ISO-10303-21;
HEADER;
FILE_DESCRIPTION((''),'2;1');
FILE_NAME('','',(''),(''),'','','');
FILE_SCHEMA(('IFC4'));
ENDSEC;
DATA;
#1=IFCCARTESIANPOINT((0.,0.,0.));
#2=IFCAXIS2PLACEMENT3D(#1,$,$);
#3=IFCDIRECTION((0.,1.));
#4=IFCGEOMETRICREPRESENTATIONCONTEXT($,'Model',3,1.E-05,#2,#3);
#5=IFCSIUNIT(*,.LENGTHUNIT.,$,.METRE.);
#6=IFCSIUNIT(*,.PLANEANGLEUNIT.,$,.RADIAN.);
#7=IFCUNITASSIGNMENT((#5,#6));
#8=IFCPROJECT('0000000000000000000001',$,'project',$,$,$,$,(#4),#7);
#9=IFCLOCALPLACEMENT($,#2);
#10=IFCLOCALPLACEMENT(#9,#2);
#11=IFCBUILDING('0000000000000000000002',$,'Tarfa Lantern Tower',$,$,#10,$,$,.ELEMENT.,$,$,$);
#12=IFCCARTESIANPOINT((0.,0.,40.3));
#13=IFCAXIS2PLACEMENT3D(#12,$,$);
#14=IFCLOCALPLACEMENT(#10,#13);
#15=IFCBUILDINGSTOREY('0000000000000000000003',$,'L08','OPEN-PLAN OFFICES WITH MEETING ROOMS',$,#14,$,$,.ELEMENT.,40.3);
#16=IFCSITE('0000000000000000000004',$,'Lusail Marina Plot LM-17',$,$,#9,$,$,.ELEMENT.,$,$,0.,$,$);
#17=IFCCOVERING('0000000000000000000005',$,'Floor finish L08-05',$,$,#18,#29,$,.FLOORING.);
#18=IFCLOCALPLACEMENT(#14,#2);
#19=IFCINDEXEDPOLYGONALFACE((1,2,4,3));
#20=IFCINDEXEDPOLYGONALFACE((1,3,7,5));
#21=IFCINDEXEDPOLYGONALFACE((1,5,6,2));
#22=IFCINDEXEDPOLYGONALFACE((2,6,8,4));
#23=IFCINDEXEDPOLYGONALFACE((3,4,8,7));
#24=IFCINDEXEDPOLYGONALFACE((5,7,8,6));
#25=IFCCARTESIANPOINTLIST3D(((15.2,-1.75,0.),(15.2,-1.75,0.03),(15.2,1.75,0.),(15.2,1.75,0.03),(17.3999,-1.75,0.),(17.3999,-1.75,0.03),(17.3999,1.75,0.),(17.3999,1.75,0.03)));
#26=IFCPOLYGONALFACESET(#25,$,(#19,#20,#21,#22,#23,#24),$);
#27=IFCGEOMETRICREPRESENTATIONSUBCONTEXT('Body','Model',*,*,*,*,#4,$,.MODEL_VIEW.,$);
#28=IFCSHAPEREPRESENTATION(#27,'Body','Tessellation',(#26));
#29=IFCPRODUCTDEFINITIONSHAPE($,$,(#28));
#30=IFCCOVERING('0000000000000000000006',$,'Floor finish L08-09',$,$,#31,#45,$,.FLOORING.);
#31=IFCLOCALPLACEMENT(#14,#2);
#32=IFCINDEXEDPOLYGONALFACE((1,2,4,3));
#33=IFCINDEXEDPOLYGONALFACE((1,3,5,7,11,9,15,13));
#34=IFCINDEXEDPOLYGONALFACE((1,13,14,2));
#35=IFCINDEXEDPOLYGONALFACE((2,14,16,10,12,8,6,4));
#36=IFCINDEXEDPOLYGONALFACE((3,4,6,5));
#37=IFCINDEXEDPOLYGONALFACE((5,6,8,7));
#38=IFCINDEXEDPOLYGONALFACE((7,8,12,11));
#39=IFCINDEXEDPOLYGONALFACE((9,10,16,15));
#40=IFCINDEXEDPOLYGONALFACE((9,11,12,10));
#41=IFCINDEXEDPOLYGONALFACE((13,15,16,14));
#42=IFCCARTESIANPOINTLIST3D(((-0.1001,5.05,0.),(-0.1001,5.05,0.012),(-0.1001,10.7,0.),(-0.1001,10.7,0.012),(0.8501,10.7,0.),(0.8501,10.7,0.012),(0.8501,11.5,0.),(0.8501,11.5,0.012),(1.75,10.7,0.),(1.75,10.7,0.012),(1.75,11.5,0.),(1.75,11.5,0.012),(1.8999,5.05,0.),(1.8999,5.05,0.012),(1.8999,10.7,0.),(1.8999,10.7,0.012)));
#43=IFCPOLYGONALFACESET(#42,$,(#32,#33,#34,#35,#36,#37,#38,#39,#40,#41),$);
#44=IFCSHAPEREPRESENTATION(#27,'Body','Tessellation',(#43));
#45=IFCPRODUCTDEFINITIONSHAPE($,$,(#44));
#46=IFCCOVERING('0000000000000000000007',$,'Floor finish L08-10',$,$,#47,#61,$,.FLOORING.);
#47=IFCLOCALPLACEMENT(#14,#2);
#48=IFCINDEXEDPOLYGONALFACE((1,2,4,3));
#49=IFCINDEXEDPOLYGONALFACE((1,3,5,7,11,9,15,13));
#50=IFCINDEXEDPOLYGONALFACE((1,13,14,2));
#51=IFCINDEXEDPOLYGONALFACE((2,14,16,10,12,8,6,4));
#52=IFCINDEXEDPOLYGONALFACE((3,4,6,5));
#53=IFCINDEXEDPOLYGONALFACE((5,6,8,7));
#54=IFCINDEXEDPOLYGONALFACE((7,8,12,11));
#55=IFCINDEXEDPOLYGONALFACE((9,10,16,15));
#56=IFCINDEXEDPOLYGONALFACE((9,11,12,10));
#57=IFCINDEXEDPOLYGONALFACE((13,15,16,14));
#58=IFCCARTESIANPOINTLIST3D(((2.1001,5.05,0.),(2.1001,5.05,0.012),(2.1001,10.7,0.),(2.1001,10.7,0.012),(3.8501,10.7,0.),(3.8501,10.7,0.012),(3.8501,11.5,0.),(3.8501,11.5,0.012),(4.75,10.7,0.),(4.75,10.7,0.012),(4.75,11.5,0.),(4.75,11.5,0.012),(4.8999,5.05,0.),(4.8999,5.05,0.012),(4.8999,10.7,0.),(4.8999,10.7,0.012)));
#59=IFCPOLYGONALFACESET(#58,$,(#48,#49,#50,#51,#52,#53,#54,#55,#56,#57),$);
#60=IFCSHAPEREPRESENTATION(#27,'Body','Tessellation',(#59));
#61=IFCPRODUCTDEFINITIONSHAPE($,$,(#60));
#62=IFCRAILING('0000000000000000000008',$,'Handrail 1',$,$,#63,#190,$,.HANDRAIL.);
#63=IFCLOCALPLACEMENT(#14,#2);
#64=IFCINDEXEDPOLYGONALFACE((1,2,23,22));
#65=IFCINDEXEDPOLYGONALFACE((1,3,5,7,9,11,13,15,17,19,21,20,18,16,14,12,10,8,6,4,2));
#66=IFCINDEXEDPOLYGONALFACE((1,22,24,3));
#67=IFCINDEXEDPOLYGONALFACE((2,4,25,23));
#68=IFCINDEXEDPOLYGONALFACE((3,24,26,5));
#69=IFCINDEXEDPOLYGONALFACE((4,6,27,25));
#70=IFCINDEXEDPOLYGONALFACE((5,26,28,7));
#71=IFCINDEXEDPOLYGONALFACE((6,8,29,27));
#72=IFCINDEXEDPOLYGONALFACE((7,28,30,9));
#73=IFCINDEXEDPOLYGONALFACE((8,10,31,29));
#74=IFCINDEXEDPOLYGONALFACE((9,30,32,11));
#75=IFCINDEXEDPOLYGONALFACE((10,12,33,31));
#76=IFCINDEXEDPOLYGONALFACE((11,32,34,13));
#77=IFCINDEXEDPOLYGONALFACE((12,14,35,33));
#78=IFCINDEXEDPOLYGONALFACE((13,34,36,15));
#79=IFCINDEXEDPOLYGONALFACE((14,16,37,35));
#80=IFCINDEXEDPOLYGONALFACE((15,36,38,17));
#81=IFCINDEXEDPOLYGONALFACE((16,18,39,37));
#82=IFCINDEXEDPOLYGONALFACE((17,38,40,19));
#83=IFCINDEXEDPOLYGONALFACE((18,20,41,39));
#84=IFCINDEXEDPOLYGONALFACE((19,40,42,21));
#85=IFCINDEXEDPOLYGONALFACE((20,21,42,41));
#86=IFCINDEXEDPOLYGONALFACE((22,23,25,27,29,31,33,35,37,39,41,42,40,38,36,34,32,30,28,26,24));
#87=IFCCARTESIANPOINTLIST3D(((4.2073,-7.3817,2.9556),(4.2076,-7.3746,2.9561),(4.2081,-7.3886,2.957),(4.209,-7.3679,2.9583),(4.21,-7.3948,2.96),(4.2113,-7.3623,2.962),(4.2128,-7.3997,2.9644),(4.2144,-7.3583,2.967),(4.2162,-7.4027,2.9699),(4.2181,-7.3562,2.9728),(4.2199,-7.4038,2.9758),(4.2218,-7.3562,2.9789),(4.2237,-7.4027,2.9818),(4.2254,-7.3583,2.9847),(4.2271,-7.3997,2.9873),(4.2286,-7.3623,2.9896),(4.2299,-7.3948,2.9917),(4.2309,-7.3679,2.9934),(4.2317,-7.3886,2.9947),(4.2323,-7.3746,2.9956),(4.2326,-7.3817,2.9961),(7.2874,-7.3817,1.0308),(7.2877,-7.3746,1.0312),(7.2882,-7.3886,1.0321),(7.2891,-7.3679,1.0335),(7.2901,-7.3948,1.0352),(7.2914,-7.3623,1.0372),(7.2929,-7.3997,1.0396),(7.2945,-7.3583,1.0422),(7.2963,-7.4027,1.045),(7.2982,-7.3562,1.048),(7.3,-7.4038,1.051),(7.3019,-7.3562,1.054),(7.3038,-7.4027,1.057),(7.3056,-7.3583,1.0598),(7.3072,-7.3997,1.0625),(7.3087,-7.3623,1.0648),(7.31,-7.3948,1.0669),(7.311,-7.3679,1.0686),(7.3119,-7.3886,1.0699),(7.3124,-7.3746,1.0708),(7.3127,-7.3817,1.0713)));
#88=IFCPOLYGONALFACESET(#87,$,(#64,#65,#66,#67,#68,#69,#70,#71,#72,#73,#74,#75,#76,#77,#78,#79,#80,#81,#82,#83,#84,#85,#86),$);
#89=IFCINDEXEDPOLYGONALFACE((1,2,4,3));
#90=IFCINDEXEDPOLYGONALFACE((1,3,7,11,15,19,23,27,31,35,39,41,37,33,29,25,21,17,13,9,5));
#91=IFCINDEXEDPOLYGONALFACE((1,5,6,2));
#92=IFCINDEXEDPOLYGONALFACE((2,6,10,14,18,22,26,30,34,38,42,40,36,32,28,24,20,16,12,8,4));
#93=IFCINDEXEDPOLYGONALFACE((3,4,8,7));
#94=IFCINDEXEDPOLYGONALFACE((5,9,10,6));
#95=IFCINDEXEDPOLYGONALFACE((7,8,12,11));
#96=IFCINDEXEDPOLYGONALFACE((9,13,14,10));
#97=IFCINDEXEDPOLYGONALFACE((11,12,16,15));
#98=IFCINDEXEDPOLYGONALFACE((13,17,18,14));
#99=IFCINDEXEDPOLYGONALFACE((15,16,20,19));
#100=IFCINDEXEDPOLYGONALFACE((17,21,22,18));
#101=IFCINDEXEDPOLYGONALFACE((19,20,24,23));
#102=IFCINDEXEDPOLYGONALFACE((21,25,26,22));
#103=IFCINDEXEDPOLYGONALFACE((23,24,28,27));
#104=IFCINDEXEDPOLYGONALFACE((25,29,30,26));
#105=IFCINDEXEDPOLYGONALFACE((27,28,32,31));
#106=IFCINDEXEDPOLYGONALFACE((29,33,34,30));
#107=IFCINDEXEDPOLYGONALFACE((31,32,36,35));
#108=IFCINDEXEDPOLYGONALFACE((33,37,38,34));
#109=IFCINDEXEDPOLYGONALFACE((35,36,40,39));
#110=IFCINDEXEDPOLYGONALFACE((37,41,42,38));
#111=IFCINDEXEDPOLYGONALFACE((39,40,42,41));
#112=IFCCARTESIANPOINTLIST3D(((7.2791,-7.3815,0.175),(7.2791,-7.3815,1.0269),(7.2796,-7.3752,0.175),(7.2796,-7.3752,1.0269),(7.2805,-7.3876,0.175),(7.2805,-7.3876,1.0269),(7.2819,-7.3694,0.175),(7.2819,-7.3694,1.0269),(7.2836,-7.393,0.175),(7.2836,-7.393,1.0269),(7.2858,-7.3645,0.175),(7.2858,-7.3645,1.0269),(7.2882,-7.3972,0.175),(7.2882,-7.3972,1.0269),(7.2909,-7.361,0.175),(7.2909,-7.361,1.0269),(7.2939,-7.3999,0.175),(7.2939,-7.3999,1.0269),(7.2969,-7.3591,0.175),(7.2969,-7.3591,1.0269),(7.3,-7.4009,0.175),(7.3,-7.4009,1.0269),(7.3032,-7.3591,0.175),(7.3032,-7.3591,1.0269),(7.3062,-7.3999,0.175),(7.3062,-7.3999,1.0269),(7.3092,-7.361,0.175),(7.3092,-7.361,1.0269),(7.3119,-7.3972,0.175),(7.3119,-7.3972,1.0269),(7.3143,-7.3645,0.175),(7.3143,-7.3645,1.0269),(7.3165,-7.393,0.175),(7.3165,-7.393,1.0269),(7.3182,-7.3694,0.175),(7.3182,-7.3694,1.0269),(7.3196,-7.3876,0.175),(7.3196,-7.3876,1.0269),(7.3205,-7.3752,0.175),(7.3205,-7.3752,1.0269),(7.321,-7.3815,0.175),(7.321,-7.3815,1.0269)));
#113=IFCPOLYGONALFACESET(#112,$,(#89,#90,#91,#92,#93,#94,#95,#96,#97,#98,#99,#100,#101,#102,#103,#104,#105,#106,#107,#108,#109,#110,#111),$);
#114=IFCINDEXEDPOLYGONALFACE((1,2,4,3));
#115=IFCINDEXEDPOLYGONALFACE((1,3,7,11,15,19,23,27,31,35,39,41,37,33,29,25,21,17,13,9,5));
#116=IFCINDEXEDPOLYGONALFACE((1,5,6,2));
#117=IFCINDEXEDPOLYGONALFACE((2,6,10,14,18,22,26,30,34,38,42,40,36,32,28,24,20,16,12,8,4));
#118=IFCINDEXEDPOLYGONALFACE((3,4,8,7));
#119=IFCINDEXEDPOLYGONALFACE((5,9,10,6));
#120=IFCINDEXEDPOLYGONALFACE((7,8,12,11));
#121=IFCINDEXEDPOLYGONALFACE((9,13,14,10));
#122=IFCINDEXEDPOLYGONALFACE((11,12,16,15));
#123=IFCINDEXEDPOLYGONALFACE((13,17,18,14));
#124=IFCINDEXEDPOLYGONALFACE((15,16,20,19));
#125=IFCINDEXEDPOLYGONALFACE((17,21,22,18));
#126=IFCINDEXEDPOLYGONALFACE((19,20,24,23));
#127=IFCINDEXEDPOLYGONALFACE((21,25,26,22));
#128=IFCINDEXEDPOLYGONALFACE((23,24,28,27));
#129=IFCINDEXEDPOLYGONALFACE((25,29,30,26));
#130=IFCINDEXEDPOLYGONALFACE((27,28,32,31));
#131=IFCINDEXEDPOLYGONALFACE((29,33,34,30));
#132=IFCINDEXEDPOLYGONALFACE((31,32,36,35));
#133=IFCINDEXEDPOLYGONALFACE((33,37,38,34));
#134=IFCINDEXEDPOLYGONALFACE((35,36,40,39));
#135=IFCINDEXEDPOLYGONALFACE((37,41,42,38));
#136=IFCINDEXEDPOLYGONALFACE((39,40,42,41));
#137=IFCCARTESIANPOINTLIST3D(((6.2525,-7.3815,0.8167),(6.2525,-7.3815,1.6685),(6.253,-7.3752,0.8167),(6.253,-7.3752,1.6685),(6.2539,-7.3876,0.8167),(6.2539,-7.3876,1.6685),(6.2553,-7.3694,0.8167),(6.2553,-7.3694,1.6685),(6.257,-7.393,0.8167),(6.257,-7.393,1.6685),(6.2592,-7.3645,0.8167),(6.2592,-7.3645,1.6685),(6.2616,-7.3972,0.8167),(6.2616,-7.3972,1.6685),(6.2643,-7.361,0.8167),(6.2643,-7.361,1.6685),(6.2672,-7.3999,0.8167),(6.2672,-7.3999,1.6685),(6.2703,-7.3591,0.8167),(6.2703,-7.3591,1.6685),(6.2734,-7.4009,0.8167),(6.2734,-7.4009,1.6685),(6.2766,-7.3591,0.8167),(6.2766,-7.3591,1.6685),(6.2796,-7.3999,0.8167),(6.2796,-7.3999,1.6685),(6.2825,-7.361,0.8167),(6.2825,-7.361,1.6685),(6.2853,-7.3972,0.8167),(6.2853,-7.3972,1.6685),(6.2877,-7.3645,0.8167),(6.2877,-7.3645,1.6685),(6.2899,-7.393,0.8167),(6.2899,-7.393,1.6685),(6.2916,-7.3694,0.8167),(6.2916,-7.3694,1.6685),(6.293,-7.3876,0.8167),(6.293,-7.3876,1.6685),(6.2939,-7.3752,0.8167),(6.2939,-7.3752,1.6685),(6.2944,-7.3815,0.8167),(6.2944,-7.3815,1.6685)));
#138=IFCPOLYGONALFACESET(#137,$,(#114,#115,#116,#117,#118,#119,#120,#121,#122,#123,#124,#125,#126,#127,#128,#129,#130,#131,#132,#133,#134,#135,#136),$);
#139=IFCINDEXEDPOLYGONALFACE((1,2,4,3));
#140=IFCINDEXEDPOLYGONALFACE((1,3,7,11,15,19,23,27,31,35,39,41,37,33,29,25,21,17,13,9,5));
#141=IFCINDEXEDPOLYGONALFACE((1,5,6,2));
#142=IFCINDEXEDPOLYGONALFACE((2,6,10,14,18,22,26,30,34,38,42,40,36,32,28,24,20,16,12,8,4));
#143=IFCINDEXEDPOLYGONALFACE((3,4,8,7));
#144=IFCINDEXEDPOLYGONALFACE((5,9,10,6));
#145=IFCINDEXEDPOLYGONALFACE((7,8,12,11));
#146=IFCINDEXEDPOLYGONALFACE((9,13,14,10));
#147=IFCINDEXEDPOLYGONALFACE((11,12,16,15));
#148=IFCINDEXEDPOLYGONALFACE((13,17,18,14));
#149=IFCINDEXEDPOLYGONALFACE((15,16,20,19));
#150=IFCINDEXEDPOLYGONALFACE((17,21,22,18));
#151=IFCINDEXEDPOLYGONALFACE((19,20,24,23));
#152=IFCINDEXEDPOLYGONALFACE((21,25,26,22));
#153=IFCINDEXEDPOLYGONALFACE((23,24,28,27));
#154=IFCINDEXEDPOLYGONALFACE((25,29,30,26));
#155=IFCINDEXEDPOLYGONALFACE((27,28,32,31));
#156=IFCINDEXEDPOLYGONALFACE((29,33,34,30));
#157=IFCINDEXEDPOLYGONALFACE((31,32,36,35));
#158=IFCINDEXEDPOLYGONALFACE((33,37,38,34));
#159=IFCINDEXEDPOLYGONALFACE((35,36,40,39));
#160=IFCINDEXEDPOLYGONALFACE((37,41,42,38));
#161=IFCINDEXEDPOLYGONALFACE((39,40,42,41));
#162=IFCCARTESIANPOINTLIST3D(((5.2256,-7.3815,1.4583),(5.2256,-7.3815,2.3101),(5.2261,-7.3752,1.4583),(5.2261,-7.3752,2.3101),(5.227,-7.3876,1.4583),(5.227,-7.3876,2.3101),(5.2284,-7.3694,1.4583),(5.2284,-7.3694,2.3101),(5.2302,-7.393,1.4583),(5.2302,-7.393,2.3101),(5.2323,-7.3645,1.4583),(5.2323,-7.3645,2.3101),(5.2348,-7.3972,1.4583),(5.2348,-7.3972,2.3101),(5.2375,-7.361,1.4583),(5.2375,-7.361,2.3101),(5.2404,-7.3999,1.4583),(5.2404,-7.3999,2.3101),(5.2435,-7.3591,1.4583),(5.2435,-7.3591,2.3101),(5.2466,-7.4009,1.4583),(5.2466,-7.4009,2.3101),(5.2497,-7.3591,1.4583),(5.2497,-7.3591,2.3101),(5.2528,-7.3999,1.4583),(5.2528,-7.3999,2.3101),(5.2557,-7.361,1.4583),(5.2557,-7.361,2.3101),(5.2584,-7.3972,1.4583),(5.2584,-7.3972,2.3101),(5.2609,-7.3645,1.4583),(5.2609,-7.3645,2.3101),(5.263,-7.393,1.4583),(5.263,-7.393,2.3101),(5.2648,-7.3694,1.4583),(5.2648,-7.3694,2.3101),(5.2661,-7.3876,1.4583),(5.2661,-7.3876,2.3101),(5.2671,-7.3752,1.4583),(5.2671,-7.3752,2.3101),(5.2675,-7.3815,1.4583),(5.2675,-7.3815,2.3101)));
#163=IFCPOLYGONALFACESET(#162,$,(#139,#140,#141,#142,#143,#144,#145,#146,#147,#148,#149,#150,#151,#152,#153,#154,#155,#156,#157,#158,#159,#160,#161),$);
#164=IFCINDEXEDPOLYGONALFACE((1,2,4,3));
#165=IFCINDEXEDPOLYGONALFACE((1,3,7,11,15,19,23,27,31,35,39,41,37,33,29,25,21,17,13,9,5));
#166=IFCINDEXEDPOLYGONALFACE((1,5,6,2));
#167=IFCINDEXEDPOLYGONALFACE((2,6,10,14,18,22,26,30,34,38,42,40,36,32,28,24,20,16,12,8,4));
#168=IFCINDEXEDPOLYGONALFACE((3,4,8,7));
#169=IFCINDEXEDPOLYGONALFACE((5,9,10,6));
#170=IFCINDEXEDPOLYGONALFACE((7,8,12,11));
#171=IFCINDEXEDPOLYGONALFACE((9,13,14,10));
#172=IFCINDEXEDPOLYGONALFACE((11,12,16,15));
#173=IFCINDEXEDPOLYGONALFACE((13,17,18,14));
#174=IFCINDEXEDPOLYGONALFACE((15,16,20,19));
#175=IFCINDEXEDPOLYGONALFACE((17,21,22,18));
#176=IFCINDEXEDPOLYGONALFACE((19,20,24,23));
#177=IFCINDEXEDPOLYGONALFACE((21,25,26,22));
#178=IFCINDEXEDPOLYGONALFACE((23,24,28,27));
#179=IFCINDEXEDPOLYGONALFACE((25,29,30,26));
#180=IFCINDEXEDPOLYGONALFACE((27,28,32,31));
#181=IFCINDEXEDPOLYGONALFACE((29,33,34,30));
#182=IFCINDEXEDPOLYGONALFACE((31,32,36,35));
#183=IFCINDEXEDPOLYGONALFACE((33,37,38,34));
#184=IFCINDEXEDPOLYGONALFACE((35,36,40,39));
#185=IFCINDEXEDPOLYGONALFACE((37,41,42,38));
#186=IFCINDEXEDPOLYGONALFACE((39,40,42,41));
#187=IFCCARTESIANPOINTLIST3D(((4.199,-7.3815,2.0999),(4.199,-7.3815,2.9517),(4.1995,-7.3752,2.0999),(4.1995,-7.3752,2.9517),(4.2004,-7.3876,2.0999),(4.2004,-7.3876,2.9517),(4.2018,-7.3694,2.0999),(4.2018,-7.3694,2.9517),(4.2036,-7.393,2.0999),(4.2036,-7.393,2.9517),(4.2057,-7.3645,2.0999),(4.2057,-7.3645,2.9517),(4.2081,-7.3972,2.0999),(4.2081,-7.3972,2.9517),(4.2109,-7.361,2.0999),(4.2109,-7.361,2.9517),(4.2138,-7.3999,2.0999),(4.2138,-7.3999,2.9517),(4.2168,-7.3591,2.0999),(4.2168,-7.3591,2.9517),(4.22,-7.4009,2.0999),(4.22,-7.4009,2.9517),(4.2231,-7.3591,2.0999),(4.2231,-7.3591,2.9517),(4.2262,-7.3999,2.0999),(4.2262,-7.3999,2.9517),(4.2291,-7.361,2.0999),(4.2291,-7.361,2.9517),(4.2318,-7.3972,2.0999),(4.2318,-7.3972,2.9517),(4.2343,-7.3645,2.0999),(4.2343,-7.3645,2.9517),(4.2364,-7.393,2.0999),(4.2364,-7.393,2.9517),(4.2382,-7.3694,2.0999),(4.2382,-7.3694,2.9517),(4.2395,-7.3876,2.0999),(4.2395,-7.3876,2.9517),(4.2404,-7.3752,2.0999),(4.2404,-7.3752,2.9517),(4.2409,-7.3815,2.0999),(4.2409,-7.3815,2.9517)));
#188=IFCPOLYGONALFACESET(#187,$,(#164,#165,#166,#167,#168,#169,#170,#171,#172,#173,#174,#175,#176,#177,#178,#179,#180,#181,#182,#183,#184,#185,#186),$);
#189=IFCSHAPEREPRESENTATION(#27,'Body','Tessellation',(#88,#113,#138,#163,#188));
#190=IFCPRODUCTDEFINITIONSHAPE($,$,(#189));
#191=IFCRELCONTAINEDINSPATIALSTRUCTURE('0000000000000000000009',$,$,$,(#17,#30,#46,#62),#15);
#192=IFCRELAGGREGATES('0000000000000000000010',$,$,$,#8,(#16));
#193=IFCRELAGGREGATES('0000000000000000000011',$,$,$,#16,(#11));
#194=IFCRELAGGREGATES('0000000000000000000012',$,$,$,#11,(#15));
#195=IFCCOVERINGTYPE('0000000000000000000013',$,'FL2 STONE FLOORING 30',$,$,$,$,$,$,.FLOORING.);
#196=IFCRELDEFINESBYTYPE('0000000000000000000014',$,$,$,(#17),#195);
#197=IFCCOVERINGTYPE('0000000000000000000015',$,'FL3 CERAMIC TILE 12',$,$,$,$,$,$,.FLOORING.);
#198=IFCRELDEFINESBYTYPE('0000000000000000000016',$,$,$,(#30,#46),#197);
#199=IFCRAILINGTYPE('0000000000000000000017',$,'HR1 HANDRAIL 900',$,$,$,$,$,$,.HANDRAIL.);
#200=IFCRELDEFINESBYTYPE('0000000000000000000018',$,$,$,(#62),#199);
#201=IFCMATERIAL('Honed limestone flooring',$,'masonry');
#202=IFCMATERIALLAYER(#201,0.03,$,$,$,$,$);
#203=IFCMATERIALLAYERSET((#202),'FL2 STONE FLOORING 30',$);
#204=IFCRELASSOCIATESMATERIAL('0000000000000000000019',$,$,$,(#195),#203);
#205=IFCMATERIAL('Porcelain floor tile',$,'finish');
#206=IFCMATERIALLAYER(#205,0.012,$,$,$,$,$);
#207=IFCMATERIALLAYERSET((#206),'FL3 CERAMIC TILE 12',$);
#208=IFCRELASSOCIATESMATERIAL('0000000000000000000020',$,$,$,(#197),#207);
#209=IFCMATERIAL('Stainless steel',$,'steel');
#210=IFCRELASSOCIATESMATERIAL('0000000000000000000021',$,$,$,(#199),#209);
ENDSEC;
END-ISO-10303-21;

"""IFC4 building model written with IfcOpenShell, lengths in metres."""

from ifc_helpers import new_model, si_unit, direction, frame, origin, origin_2d, place, context, subcontext, project, spatial, polyline, circle, outline, extrude, material, layer, layer_set, type_object, element, save


model = new_model("IFC4")

# Units and contexts
model_context = context("Model", 3, precision=1e-05, world=origin(), true_north=direction((0.0, 1.0)))
body_context = subcontext(model_context, "Body", "Model", "MODEL_VIEW")
ifc_project = project(units=[si_unit("LENGTHUNIT", "METRE"), si_unit("PLANEANGLEUNIT", "RADIAN")], contexts=[model_context])

# Site, building, storey
site_placement = place(None, origin())
site = spatial("IfcSite", under=ifc_project, at=site_placement, Name="Lusail Marina Plot LM-17", CompositionType="ELEMENT", RefElevation=0.0)
building_placement = place(site_placement, origin())
building = spatial("IfcBuilding", under=site, at=building_placement, Name="Tarfa Lantern Tower", CompositionType="ELEMENT")
storey_placement = place(building_placement, frame((0.0, 0.0, 40.3)))
storey = spatial("IfcBuildingStorey", under=building, at=storey_placement, Name="L08", Description="OPEN-PLAN OFFICES WITH MEETING ROOMS", CompositionType="ELEMENT", Elevation=40.3)

# Coverings
ifc_material_1 = material(Name="Honed limestone flooring", Category="masonry")
ifc_layer_1 = layer(ifc_material_1, 0.03)
ifc_layer_set_1 = layer_set([ifc_layer_1], Name="FL2 STONE FLOORING 30")
covering_type_1 = type_object("IfcCoveringType", Name="FL2 STONE FLOORING 30", PredefinedType="FLOORING", material=ifc_layer_set_1)
covering_1_placement = place(storey_placement, origin())
element("IfcCovering", 1, at=covering_1_placement, inside=storey, type_object=covering_type_1, Name="Floor finish L08-05", PredefinedType="FLOORING", context=body_context, shape_type="SweptSolid", body=[
    extrude(outline(polyline([(15.2, -1.75), (17.3999, -1.75), (17.3999, 1.75), (15.2, 1.75), (15.2, -1.75)])), origin(), (0.0, 0.0, 1.0), 0.03),
])
ifc_material_2 = material(Name="Porcelain floor tile", Category="finish")
ifc_layer_2 = layer(ifc_material_2, 0.012)
ifc_layer_set_2 = layer_set([ifc_layer_2], Name="FL3 CERAMIC TILE 12")
covering_type_2 = type_object("IfcCoveringType", Name="FL3 CERAMIC TILE 12", PredefinedType="FLOORING", material=ifc_layer_set_2)
covering_2_placement = place(storey_placement, origin())
element("IfcCovering", 2, at=covering_2_placement, inside=storey, type_object=covering_type_2, Name="Floor finish L08-09", PredefinedType="FLOORING", context=body_context, shape_type="SweptSolid", body=[
    extrude(outline(polyline([(0.8501, 10.7), (-0.1001, 10.7), (-0.1001, 5.05), (1.8999, 5.05), (1.8999, 10.7), (1.75, 10.7), (1.75, 11.5), (1.75, 11.5), (0.8501, 11.5), (0.8501, 10.7)])), origin(), (0.0, 0.0, 1.0), 0.012),
])
covering_3_placement = place(storey_placement, origin())
element("IfcCovering", 3, at=covering_3_placement, inside=storey, type_object=covering_type_2, Name="Floor finish L08-10", PredefinedType="FLOORING", context=body_context, shape_type="SweptSolid", body=[
    extrude(outline(polyline([(2.1001, 5.05), (4.8999, 5.05), (4.8999, 10.7), (4.75, 10.7), (4.75, 11.5), (3.8501, 11.5), (3.8501, 10.7), (2.1001, 10.7), (2.1001, 5.05)])), origin(), (0.0, 0.0, 1.0), 0.012),
])

# Railing
ifc_material_3 = material(Name="Stainless steel", Category="steel")
railing_type = type_object("IfcRailingType", Name="HR1 HANDRAIL 900", PredefinedType="HANDRAIL", material=ifc_material_3)
railing_1_placement = place(storey_placement, frame((7.3, -7.3799, 0.175)))
element("IfcRailing", 4, at=railing_1_placement, inside=storey, type_object=railing_type, Name="Handrail 1", PredefinedType="HANDRAIL", context=body_context, shape_type="SweptSolid", body=[
    extrude(circle(Radius=0.0239, at=origin_2d()), frame((0.0, 0.0, 0.876), z_axis=(-0.848029, 0.0, 0.529951), x_axis=(0.0, -1.0, 0.0)), (0.0, 0.0, 1.0), 3.6321),
    extrude(circle(Radius=0.021, at=origin_2d()), frame((0.0, 0.0, 0.0), z_axis=(0.0, 0.0, 1.0), x_axis=(0.0, -1.0, 0.0)), (0.0, 0.0, 1.0), 0.8518),
    extrude(circle(Radius=0.021, at=origin_2d()), frame((-1.0266, 0.0, 0.6416), z_axis=(0.0, 0.0, 1.0), x_axis=(0.0, -1.0, 0.0)), (0.0, 0.0, 1.0), 0.8518),
    extrude(circle(Radius=0.021, at=origin_2d()), frame((-2.0535, 0.0, 1.2832), z_axis=(0.0, 0.0, 1.0), x_axis=(0.0, -1.0, 0.0)), (0.0, 0.0, 1.0), 0.8518),
    extrude(circle(Radius=0.021, at=origin_2d()), frame((-3.0801, 0.0, 1.9248), z_axis=(0.0, 0.0, 1.0), x_axis=(0.0, -1.0, 0.0)), (0.0, 0.0, 1.0), 0.8518),
])

save(model, "model.ifc")
